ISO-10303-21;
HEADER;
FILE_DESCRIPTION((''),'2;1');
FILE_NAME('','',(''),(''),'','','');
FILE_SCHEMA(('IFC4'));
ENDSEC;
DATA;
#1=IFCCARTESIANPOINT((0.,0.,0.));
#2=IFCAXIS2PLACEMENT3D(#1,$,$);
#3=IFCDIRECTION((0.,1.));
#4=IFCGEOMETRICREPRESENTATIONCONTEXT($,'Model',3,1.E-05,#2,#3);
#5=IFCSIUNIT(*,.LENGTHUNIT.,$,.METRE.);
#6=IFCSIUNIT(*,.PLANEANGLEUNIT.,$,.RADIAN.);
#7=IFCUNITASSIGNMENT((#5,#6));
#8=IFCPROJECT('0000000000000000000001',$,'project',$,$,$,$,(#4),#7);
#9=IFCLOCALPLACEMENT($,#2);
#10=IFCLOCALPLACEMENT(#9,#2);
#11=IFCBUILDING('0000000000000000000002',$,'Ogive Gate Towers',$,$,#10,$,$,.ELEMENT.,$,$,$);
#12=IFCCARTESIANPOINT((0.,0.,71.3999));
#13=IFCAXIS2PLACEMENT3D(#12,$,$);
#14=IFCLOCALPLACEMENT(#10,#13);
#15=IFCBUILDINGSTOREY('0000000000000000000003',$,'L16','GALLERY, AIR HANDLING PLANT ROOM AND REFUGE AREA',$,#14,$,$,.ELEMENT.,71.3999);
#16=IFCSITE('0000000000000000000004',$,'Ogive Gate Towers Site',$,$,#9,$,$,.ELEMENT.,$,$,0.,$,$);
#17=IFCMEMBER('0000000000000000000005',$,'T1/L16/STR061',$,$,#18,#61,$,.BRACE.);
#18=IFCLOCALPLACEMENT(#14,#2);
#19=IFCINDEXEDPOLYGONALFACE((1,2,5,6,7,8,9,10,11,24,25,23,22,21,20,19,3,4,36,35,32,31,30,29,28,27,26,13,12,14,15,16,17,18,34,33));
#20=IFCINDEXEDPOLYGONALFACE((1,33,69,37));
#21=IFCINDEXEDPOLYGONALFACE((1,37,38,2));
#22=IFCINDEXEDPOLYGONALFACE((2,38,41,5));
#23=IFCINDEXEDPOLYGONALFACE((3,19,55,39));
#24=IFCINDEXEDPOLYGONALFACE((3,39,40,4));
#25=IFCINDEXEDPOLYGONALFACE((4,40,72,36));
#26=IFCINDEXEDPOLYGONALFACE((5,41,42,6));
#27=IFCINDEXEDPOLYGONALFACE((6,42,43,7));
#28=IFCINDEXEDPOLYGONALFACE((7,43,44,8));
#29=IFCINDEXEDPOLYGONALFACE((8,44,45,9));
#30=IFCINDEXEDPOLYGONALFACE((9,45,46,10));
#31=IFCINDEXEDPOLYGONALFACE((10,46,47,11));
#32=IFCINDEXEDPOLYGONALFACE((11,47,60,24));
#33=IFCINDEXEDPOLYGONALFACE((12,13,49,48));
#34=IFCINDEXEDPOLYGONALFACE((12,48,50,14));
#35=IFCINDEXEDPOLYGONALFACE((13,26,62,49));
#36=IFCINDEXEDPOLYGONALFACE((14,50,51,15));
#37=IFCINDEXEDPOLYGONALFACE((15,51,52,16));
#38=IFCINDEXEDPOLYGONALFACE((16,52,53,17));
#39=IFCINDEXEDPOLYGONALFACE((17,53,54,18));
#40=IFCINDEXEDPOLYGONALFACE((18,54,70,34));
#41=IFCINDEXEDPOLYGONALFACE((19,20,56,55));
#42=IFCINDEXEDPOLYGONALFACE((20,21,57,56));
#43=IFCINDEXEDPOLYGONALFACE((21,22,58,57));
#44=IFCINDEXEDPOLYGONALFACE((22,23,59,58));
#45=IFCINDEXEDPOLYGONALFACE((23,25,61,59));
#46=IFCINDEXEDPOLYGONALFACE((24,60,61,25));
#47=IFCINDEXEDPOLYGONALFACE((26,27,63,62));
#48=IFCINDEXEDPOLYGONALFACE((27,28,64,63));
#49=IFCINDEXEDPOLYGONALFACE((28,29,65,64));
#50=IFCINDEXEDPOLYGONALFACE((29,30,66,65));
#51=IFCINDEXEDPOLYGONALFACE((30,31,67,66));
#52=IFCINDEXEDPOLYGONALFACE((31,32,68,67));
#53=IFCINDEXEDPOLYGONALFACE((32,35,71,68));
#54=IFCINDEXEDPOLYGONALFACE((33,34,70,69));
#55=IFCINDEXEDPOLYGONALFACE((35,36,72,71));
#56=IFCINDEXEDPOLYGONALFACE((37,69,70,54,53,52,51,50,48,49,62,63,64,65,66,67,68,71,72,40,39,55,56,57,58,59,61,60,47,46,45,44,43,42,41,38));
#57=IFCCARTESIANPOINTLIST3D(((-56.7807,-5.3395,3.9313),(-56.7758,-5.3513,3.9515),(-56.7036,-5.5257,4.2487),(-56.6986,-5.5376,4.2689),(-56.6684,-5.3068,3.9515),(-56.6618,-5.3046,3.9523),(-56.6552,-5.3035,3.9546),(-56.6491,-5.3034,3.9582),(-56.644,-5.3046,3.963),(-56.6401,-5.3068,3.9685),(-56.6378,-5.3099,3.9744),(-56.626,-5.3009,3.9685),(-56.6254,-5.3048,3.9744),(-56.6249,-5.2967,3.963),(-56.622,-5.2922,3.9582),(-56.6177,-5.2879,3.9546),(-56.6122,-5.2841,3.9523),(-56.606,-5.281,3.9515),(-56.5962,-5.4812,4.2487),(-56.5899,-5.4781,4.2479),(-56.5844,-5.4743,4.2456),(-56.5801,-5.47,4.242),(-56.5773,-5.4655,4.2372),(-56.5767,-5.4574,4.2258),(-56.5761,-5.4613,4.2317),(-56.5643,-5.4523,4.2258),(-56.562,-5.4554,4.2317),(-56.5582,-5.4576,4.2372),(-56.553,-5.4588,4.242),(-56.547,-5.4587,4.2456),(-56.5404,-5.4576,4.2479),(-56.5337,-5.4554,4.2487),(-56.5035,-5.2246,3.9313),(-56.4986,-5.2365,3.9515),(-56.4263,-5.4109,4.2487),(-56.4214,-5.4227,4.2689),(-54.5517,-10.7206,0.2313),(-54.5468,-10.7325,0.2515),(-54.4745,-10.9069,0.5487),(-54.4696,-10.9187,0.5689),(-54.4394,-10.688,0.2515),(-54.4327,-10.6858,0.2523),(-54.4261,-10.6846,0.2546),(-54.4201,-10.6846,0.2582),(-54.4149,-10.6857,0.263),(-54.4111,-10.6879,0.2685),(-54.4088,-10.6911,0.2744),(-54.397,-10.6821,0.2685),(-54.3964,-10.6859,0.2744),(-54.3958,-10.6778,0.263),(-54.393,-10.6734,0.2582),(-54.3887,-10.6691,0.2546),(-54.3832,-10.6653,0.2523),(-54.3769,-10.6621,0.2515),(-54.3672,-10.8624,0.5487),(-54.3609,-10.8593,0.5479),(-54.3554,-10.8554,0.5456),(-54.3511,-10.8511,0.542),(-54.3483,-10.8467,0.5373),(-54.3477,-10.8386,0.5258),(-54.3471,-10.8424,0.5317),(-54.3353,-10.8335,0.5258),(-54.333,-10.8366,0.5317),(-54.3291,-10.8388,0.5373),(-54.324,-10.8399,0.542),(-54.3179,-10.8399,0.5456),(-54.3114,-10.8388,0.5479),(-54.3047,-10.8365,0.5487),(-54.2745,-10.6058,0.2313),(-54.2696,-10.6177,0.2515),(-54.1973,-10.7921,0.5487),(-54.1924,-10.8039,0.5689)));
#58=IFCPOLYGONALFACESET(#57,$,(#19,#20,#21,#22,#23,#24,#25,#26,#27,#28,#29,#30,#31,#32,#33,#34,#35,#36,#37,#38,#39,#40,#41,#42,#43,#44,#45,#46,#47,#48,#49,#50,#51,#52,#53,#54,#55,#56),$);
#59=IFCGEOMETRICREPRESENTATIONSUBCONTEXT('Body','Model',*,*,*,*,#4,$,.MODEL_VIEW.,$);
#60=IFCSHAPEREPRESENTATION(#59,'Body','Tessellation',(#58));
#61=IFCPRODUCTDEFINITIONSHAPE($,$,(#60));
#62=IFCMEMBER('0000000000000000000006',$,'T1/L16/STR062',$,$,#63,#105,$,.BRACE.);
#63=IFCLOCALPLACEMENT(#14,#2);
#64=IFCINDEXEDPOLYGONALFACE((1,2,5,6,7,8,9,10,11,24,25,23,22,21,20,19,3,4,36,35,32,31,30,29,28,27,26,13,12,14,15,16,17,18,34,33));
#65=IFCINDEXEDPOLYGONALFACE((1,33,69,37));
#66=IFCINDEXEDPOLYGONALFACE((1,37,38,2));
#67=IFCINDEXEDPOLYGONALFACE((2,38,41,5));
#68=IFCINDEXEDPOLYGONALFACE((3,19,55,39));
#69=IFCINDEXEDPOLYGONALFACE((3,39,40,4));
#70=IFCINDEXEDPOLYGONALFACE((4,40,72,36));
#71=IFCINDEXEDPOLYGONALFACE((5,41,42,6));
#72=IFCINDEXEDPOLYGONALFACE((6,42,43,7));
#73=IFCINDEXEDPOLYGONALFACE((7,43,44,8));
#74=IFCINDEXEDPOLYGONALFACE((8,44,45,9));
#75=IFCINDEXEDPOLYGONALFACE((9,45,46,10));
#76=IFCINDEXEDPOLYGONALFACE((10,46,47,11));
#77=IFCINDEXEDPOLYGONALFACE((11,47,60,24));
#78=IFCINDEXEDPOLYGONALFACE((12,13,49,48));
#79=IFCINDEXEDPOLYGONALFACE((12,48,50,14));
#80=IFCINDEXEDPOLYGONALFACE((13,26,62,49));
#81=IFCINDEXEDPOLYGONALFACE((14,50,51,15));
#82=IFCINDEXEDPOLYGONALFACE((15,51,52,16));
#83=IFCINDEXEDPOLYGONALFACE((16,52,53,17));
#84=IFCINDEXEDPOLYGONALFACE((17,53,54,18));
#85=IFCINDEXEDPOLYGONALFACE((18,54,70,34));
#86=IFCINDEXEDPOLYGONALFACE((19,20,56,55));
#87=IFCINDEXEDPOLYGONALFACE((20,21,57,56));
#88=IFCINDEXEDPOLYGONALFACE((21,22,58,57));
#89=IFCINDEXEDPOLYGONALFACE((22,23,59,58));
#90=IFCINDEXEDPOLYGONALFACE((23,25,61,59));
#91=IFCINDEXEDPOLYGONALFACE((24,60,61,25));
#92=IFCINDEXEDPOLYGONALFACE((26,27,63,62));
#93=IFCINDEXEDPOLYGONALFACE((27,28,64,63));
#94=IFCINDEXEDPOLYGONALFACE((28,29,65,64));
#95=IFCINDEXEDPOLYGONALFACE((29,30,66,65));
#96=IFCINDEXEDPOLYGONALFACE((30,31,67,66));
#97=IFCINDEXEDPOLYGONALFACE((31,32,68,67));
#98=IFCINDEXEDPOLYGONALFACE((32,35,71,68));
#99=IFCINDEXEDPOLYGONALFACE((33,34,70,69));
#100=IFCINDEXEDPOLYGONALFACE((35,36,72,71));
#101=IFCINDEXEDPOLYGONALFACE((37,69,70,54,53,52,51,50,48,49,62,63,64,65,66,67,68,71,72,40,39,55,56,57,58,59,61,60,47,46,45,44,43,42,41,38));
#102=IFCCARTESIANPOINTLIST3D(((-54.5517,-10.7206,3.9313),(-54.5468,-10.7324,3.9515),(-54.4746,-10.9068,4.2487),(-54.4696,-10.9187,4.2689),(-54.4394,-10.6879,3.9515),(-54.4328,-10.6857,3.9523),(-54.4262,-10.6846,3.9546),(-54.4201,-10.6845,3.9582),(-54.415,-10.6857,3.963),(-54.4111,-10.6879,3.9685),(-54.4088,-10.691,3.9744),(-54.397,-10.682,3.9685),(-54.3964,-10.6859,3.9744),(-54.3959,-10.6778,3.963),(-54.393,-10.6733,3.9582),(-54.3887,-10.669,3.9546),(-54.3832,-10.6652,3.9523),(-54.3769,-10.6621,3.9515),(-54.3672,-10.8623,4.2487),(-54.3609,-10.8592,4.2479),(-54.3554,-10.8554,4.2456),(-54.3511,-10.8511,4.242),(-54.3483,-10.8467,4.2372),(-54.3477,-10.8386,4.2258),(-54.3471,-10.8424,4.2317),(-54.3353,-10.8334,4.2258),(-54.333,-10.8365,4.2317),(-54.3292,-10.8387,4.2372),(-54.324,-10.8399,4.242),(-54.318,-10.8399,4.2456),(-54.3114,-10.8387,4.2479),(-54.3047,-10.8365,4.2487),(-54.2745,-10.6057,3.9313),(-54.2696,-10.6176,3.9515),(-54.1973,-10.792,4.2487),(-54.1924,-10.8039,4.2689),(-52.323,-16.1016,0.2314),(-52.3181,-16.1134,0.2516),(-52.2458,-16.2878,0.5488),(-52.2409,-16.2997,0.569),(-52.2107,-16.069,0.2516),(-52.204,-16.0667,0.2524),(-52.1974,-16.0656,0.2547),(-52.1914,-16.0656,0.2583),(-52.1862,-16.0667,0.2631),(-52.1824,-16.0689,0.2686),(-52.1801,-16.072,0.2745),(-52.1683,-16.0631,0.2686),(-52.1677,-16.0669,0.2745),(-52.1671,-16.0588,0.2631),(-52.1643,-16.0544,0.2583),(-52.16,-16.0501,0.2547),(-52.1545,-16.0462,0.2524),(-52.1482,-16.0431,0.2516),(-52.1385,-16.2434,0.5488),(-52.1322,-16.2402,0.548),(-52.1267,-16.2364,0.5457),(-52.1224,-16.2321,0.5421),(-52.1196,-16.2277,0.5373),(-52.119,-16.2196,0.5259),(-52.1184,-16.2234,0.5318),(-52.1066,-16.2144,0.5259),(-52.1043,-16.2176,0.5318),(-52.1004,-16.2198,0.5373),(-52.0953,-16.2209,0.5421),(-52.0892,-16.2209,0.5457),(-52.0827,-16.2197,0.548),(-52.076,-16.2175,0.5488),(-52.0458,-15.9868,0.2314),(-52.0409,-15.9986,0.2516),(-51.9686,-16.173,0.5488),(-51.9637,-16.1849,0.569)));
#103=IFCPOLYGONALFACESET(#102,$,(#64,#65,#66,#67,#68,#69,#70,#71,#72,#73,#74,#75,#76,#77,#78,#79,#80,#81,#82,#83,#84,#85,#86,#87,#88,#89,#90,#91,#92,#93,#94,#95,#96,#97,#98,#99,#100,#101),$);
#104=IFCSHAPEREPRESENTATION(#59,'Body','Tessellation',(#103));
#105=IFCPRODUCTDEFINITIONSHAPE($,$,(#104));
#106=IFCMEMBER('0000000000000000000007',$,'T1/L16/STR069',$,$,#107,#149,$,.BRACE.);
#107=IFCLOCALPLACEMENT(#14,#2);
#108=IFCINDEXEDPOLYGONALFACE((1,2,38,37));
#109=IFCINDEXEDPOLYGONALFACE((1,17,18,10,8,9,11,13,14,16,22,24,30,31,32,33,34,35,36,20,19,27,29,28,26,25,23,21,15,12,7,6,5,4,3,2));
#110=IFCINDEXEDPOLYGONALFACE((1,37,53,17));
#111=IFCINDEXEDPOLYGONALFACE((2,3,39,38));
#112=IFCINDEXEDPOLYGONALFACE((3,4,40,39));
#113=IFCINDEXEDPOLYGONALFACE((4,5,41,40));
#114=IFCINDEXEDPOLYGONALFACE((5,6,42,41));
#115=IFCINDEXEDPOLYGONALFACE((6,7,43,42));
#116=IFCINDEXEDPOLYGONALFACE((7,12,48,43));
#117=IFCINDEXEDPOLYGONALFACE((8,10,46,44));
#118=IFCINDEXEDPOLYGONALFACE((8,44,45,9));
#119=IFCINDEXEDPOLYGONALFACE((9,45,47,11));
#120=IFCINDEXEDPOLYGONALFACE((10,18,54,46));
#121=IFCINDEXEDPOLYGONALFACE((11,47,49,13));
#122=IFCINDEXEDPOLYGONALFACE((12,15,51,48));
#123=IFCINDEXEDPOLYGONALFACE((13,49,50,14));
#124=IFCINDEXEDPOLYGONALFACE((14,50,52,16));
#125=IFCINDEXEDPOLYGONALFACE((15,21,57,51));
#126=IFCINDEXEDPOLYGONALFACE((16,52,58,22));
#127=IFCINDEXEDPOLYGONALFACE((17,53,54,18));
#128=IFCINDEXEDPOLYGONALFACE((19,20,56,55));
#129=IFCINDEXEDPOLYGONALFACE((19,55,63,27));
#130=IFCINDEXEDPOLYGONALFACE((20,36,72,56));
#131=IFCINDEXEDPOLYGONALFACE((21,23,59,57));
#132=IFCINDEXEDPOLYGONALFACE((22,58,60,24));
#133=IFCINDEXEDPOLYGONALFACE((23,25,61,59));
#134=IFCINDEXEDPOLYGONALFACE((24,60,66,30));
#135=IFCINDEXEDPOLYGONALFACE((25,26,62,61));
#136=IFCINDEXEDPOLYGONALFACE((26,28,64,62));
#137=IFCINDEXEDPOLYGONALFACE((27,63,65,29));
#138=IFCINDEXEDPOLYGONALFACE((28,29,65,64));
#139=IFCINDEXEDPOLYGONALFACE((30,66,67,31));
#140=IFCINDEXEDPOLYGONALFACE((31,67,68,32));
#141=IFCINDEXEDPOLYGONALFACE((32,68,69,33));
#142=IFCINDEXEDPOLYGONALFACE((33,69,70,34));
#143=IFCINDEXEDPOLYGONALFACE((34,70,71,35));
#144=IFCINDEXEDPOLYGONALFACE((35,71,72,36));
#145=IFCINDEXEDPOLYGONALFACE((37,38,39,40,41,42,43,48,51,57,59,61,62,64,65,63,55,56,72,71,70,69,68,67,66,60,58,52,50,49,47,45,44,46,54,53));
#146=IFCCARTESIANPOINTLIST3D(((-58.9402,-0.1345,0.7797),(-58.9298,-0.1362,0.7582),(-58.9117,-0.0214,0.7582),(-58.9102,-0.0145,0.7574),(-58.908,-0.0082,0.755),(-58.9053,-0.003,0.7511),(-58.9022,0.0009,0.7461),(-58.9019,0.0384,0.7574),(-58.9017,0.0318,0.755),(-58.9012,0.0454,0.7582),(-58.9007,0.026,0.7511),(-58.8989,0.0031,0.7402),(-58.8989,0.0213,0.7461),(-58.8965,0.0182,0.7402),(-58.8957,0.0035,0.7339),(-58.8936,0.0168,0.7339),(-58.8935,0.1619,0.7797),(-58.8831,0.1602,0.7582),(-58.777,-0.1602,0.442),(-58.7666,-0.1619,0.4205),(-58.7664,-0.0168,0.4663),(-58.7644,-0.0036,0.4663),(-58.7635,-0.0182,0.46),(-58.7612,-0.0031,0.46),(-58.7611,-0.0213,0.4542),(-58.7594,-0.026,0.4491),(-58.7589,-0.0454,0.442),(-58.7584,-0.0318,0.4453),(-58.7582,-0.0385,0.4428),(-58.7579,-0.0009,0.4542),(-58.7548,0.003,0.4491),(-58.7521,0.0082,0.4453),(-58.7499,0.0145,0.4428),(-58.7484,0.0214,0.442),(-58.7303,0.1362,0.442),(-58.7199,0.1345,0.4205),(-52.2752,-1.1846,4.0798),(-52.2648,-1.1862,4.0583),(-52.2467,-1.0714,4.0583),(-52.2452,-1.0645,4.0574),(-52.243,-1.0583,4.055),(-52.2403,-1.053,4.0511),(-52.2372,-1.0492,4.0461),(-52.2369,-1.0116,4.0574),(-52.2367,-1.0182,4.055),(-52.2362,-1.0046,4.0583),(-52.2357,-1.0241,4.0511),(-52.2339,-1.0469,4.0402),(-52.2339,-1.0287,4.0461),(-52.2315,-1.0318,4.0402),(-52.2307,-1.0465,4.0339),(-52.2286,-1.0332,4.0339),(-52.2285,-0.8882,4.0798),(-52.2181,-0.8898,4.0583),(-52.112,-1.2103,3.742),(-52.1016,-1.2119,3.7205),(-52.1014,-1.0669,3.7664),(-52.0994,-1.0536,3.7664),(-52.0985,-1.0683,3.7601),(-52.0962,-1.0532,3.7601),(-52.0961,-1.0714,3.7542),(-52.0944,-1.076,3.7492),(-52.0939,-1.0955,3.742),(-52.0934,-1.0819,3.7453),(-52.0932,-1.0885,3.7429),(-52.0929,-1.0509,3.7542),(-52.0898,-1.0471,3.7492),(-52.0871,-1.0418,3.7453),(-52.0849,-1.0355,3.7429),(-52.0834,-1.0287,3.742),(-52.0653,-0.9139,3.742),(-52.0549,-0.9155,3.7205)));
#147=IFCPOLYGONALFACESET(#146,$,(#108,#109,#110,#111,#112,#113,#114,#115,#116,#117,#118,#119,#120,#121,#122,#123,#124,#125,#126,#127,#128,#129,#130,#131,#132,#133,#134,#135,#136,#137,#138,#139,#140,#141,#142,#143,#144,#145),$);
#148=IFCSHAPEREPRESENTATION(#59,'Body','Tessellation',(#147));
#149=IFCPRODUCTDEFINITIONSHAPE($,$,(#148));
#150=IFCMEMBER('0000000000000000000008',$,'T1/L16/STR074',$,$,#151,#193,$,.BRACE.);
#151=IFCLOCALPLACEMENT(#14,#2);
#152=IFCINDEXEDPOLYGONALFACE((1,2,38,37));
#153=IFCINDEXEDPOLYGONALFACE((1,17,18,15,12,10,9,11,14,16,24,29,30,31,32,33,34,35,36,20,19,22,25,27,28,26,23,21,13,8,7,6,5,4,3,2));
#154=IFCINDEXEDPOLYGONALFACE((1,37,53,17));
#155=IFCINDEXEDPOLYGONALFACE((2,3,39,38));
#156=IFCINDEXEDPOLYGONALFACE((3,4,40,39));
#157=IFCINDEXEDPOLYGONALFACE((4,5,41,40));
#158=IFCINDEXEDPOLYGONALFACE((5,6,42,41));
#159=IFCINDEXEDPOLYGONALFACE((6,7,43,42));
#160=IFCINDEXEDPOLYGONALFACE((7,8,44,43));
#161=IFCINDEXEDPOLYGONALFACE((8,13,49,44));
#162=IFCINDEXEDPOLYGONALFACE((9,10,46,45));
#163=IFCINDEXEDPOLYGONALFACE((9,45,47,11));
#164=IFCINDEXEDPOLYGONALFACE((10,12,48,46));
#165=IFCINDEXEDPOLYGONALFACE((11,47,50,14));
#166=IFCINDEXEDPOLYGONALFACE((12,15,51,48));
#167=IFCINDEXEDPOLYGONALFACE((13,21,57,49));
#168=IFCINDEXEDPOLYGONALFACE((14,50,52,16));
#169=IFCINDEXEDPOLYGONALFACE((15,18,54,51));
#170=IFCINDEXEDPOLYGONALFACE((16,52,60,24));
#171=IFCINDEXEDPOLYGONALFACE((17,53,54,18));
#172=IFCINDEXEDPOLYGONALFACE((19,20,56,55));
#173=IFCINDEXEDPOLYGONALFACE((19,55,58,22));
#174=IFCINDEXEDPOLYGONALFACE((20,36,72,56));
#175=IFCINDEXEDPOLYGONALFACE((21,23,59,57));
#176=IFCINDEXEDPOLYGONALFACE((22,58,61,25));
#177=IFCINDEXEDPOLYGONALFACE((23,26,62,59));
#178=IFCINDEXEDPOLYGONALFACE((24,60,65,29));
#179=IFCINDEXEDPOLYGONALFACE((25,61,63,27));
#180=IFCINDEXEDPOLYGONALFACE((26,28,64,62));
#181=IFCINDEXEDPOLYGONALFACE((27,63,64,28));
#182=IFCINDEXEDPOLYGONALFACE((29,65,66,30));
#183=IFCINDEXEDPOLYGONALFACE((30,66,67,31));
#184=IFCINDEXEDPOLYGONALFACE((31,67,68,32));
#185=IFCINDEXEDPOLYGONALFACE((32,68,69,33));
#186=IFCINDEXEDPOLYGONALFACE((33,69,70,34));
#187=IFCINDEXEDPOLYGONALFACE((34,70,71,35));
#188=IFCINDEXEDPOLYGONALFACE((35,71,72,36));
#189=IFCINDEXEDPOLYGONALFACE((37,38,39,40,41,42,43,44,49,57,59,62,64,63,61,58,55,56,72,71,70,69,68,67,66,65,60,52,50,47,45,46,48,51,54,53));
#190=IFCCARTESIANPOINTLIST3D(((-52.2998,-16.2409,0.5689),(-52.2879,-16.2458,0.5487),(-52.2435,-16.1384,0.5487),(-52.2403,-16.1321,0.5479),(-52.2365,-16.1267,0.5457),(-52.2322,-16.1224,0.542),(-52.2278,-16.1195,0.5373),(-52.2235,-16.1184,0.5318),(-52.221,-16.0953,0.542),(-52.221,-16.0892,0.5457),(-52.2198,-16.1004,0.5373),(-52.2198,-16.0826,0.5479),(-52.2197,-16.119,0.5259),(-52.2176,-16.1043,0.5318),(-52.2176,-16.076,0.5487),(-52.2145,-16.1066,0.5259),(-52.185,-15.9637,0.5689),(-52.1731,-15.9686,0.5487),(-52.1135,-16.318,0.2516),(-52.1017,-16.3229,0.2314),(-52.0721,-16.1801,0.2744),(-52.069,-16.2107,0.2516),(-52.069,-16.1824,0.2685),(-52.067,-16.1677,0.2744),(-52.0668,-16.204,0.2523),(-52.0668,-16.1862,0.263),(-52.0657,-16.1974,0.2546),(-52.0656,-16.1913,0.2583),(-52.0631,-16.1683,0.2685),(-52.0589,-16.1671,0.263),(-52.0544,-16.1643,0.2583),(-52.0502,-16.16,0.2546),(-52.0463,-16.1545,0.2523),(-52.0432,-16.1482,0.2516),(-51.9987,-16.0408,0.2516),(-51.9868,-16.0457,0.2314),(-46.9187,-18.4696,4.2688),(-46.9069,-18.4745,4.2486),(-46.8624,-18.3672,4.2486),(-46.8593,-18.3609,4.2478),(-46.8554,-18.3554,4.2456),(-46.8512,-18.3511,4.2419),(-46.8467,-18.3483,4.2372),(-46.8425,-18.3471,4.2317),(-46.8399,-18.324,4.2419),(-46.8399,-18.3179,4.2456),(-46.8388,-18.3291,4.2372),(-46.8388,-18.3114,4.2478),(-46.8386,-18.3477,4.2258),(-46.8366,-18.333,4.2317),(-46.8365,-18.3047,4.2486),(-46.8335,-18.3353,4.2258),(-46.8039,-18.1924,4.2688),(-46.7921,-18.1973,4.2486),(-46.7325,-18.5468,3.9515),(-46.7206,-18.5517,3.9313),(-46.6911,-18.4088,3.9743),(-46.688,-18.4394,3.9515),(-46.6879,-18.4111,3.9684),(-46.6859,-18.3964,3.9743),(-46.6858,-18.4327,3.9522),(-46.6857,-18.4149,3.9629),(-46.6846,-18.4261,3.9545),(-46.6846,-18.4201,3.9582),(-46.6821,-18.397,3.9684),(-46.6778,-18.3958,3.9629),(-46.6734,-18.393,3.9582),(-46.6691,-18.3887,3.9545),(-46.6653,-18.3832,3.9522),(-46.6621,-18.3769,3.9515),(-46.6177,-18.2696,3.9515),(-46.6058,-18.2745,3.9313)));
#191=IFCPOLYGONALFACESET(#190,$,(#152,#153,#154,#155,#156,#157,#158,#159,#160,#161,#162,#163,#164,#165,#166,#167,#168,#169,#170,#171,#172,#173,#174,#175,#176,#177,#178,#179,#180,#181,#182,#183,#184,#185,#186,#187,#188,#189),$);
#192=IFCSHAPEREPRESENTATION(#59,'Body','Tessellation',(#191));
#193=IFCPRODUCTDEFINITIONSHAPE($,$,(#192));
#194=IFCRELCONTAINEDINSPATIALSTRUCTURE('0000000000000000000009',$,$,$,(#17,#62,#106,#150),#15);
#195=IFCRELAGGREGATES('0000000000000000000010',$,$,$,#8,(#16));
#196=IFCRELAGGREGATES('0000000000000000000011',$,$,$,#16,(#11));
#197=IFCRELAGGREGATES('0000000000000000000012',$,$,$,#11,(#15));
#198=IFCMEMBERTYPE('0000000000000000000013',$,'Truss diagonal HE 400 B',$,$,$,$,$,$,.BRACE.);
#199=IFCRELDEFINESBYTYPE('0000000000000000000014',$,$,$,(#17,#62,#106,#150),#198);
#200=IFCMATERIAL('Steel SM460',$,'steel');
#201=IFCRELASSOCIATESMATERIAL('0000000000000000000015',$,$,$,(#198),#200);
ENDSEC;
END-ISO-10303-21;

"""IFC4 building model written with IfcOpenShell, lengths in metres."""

from ifc_helpers import new_model, si_unit, direction, frame, origin, origin_2d, place, context, subcontext, project, spatial, i_section, extrude, material, material_profile, profile_set, type_object, element, save


model = new_model("IFC4")

# Units and contexts
model_context = context("Model", 3, precision=1e-05, world=origin(), true_north=direction((0.0, 1.0)))
body_context = subcontext(model_context, "Body", "Model", "MODEL_VIEW")
ifc_project = project(units=[si_unit("LENGTHUNIT", "METRE"), si_unit("PLANEANGLEUNIT", "RADIAN")], contexts=[model_context])

# Site, building, storey
site_placement = place(None, origin())
site = spatial("IfcSite", under=ifc_project, at=site_placement, Name="Ogive Gate Towers Site", CompositionType="ELEMENT", RefElevation=0.0)
building_placement = place(site_placement, origin())
building = spatial("IfcBuilding", under=site, at=building_placement, Name="Ogive Gate Towers", CompositionType="ELEMENT")
storey_placement = place(building_placement, frame((0.0, 0.0, 71.3999)))
storey = spatial("IfcBuildingStorey", under=building, at=storey_placement, Name="L16", Description="GALLERY, AIR HANDLING PLANT ROOM AND REFUGE AREA", CompositionType="ELEMENT", Elevation=71.3999)

# Shared definitions
ifc_material_1 = material(Name="Steel SM460", Category="steel")

# Members
ifc_material_profile_1 = material_profile(ifc_material_1, i_section(OverallWidth=0.3, OverallDepth=0.3999, WebThickness=0.0134, FlangeThickness=0.0239, FilletRadius=0.0271, at=origin_2d()), Name="HE 400 B")
ifc_profile_set_1 = profile_set([ifc_material_profile_1], Name="Steel SM460")
member_type_1 = type_object("IfcMemberType", Name="Truss diagonal HE 400 B", PredefinedType="BRACE", material=ifc_profile_set_1)
member_1_placement = place(storey_placement, frame((-56.6011, -5.3811, 4.1001), z_axis=(0.323029, -0.779834, -0.5362), x_axis=(0.923875, 0.382695, 0.0)))
element("IfcMember", 1, at=member_1_placement, inside=storey, type_object=member_type_1, Name="T1/L16/STR061", PredefinedType="BRACE", context=body_context, shape_type="SweptSolid", body=[
    extrude(i_section(OverallWidth=0.3, OverallDepth=0.3999, WebThickness=0.0134, FlangeThickness=0.0239, FilletRadius=0.0271, at=origin_2d()), origin(), (0.0, 0.0, 1.0), 6.9004),
])
member_2_placement = place(storey_placement, frame((-54.3721, -10.7622, 4.1001), z_axis=(0.322998, -0.779843, -0.536206), x_axis=(0.92389, 0.382659, 0.0)))
element("IfcMember", 2, at=member_2_placement, inside=storey, type_object=member_type_1, Name="T1/L16/STR062", PredefinedType="BRACE", context=body_context, shape_type="SweptSolid", body=[
    extrude(i_section(OverallWidth=0.3, OverallDepth=0.3999, WebThickness=0.0134, FlangeThickness=0.0239, FilletRadius=0.0271, at=origin_2d()), origin(), (0.0, 0.0, 1.0), 6.9001),
])
member_3_placement = place(storey_placement, frame((-52.165, -1.05, 3.9001), z_axis=(-0.887366, 0.139801, -0.43936), x_axis=(-0.155626, -0.987816, 0.0)))
element("IfcMember", 3, at=member_3_placement, inside=storey, type_object=member_type_1, Name="T1/L16/STR069", PredefinedType="BRACE", context=body_context, shape_type="SweptSolid", body=[
    extrude(i_section(OverallWidth=0.3, OverallDepth=0.3999, WebThickness=0.0134, FlangeThickness=0.0239, FilletRadius=0.0271, at=origin_2d()), origin(), (0.0, 0.0, 1.0), 7.511),
])
member_4_placement = place(storey_placement, frame((-52.1433, -16.1433, 0.4001), z_axis=(0.779843, -0.322998, 0.536206), x_axis=(0.382659, 0.92389, 0.0)))
element("IfcMember", 4, at=member_4_placement, inside=storey, type_object=member_type_1, Name="T1/L16/STR074", PredefinedType="BRACE", context=body_context, shape_type="SweptSolid", body=[
    extrude(i_section(OverallWidth=0.3, OverallDepth=0.3999, WebThickness=0.0134, FlangeThickness=0.0239, FilletRadius=0.0271, at=origin_2d()), origin(), (0.0, 0.0, 1.0), 6.9001),
])

save(model, "model.ifc")
